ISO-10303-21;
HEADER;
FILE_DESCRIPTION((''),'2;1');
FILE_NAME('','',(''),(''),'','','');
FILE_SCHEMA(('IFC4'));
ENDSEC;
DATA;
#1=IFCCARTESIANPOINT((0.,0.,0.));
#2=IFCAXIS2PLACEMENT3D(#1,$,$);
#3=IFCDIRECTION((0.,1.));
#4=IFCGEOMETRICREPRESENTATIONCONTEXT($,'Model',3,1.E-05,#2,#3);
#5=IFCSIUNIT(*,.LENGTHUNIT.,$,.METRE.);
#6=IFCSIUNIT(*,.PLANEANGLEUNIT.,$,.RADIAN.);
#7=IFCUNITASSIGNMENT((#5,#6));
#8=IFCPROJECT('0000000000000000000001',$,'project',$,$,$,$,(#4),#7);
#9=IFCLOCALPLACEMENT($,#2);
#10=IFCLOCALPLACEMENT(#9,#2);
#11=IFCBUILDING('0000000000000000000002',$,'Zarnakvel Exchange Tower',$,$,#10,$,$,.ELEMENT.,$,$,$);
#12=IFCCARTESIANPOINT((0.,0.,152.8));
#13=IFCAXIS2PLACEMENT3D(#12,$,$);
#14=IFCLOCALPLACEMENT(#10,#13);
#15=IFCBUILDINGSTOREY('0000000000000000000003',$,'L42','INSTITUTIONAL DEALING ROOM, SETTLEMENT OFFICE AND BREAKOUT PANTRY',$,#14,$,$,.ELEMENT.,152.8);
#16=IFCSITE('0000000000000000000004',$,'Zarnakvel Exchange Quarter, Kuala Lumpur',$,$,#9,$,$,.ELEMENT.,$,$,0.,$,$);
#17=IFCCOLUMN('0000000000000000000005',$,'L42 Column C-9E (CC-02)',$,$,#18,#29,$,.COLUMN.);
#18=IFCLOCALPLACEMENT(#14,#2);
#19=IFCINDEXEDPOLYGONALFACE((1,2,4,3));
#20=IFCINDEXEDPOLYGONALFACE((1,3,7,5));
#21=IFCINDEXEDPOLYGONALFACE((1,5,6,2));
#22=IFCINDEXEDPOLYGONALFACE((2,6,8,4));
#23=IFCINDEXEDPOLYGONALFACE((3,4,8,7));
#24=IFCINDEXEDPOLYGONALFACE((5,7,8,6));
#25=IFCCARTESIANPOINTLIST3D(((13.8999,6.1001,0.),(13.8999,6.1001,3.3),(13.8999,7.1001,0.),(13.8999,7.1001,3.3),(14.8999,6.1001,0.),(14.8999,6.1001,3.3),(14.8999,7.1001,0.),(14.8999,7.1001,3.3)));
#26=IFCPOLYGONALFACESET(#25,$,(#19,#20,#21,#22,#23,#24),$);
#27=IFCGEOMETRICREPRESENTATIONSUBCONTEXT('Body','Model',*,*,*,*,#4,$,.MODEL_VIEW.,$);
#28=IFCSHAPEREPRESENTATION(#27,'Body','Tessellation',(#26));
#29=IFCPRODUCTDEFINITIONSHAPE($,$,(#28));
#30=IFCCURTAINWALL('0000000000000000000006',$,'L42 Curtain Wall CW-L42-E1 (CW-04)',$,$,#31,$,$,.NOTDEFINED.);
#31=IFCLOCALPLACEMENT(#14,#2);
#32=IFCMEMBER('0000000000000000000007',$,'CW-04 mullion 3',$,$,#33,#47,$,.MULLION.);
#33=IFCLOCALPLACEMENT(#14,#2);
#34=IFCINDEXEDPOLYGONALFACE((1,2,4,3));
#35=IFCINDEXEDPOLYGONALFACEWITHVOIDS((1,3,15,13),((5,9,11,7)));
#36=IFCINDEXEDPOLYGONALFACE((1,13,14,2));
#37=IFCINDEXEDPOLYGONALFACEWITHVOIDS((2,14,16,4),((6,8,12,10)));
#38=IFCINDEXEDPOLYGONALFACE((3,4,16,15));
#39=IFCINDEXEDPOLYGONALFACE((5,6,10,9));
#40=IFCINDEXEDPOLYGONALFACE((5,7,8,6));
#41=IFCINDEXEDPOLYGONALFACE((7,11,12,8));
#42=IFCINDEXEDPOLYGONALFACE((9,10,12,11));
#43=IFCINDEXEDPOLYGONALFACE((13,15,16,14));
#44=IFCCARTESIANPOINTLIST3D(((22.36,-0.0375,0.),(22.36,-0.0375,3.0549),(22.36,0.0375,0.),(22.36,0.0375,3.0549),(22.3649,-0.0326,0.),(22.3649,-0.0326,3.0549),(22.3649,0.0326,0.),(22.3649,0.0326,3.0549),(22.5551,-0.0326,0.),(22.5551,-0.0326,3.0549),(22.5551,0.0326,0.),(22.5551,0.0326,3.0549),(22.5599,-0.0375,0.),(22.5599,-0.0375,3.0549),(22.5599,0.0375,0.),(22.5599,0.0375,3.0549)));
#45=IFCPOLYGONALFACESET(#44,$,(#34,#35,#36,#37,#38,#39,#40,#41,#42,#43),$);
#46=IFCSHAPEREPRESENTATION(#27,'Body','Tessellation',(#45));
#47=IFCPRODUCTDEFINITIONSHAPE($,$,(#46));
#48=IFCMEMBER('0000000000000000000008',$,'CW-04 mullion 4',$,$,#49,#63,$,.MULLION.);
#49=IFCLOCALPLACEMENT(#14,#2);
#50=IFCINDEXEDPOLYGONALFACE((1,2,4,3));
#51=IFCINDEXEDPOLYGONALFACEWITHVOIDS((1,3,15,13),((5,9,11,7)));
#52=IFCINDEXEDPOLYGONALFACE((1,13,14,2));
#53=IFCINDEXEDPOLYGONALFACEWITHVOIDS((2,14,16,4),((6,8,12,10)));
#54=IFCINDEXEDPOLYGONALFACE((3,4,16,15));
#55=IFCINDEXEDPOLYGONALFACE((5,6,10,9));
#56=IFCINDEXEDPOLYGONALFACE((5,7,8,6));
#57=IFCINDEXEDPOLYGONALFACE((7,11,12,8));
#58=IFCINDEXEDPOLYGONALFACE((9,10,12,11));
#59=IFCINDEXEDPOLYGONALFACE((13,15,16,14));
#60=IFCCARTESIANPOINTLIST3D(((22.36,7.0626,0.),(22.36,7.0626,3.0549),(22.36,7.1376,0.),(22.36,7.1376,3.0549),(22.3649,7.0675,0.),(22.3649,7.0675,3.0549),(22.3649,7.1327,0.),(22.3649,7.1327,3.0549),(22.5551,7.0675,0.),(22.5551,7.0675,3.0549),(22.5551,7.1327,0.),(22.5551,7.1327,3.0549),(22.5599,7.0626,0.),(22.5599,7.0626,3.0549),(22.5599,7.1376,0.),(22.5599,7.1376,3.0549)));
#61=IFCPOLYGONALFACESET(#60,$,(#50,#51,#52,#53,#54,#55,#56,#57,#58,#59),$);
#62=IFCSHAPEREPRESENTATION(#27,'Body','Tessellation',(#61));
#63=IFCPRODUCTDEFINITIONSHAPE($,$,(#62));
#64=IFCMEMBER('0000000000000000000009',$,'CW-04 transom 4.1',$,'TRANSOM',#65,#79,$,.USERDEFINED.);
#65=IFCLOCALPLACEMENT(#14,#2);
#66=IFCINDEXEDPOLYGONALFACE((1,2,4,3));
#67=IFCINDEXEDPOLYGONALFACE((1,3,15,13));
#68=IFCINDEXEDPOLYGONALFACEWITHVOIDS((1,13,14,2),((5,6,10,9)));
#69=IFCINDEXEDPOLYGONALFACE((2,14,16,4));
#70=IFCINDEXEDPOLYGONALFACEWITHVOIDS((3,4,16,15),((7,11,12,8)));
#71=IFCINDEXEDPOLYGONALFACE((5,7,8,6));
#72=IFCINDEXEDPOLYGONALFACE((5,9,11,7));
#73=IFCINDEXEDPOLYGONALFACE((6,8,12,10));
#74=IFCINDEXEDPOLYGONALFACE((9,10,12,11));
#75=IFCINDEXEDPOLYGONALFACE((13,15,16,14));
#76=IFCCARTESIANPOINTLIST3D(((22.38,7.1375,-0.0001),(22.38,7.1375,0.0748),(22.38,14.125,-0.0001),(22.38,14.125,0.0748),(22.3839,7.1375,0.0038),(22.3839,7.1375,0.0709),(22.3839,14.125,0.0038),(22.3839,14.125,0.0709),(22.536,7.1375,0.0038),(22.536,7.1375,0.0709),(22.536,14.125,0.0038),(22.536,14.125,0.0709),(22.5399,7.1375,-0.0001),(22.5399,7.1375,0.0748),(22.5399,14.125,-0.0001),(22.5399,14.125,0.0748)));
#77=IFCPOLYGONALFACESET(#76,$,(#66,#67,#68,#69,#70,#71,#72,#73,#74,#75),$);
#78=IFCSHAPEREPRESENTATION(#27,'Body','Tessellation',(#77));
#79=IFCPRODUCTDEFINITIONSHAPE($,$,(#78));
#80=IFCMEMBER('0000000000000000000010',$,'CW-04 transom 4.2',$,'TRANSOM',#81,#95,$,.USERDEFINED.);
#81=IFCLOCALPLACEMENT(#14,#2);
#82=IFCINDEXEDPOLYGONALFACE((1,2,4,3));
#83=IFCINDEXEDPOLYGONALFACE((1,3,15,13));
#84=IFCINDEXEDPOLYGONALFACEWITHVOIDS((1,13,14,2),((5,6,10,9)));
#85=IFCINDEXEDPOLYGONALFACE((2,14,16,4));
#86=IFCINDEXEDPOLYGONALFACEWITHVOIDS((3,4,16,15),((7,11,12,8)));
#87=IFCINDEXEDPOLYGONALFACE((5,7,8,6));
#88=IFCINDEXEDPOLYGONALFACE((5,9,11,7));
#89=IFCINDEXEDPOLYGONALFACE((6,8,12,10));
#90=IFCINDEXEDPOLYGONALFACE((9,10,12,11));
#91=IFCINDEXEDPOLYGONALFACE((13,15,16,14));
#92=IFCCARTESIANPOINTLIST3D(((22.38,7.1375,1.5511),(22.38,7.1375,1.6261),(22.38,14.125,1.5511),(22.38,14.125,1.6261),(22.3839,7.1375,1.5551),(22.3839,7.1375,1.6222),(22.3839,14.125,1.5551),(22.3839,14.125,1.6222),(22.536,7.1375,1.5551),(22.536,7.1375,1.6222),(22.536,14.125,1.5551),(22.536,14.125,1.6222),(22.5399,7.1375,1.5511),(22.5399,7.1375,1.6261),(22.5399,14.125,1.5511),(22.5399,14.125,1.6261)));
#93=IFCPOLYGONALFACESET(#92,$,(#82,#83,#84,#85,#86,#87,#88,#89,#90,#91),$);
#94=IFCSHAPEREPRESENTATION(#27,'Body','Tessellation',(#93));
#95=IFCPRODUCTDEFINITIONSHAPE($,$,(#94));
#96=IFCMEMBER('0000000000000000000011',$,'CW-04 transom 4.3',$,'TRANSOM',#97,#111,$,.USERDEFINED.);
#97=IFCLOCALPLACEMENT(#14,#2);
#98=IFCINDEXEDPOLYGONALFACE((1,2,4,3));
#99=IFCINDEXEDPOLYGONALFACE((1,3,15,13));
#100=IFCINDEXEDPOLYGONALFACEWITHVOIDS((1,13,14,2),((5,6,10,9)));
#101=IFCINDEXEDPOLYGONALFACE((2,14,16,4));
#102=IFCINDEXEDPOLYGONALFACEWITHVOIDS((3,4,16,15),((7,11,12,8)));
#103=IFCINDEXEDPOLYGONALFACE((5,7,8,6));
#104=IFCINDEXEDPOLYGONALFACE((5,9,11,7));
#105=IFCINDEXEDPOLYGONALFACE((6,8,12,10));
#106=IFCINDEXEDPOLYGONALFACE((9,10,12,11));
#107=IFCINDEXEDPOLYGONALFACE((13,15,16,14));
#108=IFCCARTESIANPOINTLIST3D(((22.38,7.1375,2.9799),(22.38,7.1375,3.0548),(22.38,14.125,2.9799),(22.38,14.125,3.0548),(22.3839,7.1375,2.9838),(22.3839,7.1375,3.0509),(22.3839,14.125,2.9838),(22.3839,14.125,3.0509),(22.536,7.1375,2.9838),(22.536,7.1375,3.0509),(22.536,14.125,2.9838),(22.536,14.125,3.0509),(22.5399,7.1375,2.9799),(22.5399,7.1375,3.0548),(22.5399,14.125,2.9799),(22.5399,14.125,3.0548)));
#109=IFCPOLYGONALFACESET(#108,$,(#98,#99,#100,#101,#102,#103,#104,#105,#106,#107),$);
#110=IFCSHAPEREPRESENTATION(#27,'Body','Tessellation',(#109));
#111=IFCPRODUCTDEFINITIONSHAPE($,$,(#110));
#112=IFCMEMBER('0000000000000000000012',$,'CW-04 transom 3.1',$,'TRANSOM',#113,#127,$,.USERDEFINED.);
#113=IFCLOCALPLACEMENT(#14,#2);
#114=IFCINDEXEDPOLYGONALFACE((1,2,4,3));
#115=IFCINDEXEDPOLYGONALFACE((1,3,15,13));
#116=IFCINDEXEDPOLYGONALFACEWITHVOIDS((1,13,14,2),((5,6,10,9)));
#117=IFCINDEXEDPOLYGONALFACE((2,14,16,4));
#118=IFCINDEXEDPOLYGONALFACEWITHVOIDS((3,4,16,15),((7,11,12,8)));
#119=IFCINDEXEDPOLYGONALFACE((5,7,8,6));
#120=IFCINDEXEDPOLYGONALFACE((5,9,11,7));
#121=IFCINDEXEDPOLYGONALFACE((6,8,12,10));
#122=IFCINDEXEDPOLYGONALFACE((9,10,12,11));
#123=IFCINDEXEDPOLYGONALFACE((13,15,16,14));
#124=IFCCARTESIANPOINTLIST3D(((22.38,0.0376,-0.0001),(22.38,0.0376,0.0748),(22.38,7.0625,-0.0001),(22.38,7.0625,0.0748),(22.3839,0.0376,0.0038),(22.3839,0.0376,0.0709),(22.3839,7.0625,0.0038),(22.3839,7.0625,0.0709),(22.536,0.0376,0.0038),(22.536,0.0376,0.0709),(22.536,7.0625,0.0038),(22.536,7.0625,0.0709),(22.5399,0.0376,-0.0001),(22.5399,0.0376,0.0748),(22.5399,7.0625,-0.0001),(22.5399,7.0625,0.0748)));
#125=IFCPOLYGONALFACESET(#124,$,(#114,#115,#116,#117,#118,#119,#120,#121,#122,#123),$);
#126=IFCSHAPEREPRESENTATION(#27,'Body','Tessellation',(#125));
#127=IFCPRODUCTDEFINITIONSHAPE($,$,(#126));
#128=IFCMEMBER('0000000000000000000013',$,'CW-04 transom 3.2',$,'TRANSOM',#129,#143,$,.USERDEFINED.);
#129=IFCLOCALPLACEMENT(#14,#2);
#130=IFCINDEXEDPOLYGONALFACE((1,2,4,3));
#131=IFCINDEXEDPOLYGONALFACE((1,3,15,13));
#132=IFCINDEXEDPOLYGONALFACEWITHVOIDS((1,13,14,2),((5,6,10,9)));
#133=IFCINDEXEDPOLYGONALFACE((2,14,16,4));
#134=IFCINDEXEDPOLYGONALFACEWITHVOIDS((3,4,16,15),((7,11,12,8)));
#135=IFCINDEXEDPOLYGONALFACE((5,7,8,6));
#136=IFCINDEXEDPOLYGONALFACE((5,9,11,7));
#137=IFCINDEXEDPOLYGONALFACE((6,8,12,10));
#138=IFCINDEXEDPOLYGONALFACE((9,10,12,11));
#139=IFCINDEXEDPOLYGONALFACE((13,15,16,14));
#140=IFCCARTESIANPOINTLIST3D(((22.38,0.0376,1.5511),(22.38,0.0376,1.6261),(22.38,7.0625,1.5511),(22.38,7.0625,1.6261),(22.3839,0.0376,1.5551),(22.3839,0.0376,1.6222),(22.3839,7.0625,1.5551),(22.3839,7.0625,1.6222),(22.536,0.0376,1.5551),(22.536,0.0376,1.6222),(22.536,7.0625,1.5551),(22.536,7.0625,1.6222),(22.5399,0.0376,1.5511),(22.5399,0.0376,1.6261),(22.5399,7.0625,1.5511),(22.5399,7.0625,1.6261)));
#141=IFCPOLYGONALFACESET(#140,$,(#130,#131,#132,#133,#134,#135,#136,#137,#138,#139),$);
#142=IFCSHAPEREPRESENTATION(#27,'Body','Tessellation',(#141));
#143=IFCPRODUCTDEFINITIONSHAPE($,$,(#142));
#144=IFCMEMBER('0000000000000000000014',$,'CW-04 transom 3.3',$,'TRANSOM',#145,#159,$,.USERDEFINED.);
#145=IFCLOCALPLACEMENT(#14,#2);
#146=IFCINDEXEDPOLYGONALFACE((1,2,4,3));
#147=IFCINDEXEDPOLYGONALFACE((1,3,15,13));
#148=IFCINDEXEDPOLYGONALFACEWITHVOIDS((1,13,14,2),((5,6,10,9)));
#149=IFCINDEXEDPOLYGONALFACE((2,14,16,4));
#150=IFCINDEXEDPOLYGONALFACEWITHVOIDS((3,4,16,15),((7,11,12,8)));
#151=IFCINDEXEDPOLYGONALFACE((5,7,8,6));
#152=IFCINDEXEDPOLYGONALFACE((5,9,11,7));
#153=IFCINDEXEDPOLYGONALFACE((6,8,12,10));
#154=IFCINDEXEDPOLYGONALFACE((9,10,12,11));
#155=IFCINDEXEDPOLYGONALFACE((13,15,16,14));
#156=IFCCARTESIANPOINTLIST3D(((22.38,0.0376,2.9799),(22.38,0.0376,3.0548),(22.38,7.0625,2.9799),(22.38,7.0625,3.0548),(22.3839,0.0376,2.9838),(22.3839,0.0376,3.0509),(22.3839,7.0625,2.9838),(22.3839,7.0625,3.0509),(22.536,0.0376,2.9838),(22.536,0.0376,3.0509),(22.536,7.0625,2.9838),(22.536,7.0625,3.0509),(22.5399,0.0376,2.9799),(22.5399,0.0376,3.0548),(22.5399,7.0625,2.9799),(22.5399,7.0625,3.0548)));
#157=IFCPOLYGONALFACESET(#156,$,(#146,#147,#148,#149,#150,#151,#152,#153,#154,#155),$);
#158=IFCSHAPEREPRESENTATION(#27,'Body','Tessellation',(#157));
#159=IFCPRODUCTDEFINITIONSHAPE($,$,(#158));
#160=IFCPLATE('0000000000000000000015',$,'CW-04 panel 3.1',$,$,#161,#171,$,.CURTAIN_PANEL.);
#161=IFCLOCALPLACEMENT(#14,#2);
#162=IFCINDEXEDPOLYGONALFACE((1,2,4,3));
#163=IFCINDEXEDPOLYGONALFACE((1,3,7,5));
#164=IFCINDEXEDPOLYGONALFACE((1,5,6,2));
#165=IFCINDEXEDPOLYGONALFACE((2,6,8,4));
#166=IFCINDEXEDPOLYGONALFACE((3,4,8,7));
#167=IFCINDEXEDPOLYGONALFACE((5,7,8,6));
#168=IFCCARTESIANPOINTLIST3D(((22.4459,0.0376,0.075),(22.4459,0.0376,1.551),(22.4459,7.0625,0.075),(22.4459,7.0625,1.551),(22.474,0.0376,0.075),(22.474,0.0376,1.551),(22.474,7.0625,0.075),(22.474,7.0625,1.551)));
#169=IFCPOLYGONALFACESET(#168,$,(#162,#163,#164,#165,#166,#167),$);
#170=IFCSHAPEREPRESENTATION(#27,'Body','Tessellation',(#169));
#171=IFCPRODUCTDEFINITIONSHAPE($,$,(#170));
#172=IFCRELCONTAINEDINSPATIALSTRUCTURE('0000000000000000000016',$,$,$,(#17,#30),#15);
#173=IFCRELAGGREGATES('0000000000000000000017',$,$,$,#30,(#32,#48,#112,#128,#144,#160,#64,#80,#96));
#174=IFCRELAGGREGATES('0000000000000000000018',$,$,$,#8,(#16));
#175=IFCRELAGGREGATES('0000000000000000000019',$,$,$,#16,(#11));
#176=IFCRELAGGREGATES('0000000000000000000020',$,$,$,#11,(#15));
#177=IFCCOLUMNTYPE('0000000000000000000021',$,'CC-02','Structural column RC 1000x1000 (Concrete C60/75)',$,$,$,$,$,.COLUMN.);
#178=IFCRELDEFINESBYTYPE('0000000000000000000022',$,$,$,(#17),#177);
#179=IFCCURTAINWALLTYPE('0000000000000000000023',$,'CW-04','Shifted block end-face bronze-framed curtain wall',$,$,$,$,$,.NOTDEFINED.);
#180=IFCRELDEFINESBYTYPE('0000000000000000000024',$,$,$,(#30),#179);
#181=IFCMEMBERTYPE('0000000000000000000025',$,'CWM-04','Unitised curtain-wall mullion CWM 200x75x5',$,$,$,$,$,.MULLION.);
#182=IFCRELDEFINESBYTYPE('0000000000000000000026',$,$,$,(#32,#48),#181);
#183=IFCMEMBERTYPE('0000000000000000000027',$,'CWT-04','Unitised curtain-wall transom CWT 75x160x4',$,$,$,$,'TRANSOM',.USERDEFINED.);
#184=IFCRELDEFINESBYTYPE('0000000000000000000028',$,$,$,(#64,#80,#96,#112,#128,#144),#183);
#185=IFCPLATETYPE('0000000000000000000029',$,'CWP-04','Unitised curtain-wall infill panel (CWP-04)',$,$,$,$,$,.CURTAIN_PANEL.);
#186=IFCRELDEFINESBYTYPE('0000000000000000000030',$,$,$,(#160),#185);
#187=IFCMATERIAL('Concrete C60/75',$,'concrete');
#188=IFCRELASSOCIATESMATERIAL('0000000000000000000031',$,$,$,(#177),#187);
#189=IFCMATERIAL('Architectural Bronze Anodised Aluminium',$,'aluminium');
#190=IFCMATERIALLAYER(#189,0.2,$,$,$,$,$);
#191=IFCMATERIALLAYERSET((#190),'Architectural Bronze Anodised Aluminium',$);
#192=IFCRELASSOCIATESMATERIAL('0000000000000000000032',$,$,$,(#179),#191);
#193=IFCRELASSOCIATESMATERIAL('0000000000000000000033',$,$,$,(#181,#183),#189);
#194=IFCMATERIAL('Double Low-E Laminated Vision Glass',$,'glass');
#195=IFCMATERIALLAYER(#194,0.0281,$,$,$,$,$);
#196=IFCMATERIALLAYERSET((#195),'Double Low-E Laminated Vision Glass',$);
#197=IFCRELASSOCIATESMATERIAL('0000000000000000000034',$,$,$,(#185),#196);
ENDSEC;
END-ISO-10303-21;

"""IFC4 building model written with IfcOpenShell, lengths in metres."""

from ifc_helpers import new_model, si_unit, direction, frame, origin, origin_2d, place, context, subcontext, project, spatial, rectangle, hollow_rectangle, extrude, source, transform, mapped, material, layer, layer_set, material_profile, profile_set, type_object, element, aggregate, save


model = new_model("IFC4")

# Units and contexts
model_context = context("Model", 3, precision=1e-05, world=origin(), true_north=direction((0.0, 1.0)))
body_context = subcontext(model_context, "Body", "Model", "MODEL_VIEW")
ifc_project = project(units=[si_unit("LENGTHUNIT", "METRE"), si_unit("PLANEANGLEUNIT", "RADIAN")], contexts=[model_context])

# Site, building, storey
site_placement = place(None, origin())
site = spatial("IfcSite", under=ifc_project, at=site_placement, Name="Zarnakvel Exchange Quarter, Kuala Lumpur", CompositionType="ELEMENT", RefElevation=0.0)
building_placement = place(site_placement, origin())
building = spatial("IfcBuilding", under=site, at=building_placement, Name="Zarnakvel Exchange Tower", CompositionType="ELEMENT")
storey_placement = place(building_placement, frame((0.0, 0.0, 152.8)))
storey = spatial("IfcBuildingStorey", under=building, at=storey_placement, Name="L42", Description="INSTITUTIONAL DEALING ROOM, SETTLEMENT OFFICE AND BREAKOUT PANTRY", CompositionType="ELEMENT", Elevation=152.8)

# Column
ifc_material_1 = material(Name="Concrete C60/75", Category="concrete")
ifc_material_profile_1 = material_profile(ifc_material_1, rectangle(XDim=1.0, YDim=1.0, at=origin_2d()))
ifc_profile_set_1 = profile_set([ifc_material_profile_1], Name="Concrete C60/75")
column_type = type_object("IfcColumnType", Name="CC-02", Description="Structural column RC 1000x1000 (Concrete C60/75)", PredefinedType="COLUMN", material=ifc_profile_set_1)
column_placement = place(storey_placement, frame((14.3999, 6.6001, 0.0), z_axis=(0.0, 0.0, 1.0), x_axis=(1.0, 0.0, 0.0)))
element("IfcColumn", 1, at=column_placement, inside=storey, type_object=column_type, Name="L42 Column C-9E (CC-02)", PredefinedType="COLUMN", context=body_context, shape_type="SweptSolid", body=[
    extrude(rectangle(XDim=1.0, YDim=1.0, at=origin_2d()), origin(), (0.0, 0.0, 1.0), 3.3),
])

# Curtain wall, members, plate
ifc_material_2 = material(Name="Architectural Bronze Anodised Aluminium", Category="aluminium")
ifc_layer_1 = layer(ifc_material_2, 0.2)
ifc_layer_set_1 = layer_set([ifc_layer_1], Name="Architectural Bronze Anodised Aluminium")
curtain_wall_type = type_object("IfcCurtainWallType", Name="CW-04", Description="Shifted block end-face bronze-framed curtain wall", PredefinedType="NOTDEFINED", material=ifc_layer_set_1)
curtain_wall_placement = place(storey_placement, origin())
curtain_wall = element("IfcCurtainWall", 2, at=curtain_wall_placement, inside=storey, type_object=curtain_wall_type, Name="L42 Curtain Wall CW-L42-E1 (CW-04)", PredefinedType="NOTDEFINED")
ifc_material_profile_2 = material_profile(ifc_material_2, hollow_rectangle(XDim=0.2, YDim=0.075, WallThickness=0.0049, at=origin_2d()))
ifc_profile_set_2 = profile_set([ifc_material_profile_2], Name="Architectural Bronze Anodised Aluminium")
member_type_1 = type_object("IfcMemberType", Name="CWM-04", Description="Unitised curtain-wall mullion CWM 200x75x5", PredefinedType="MULLION", material=ifc_profile_set_2)
shared_shape_1 = source(origin(), body_context, "Body", "SweptSolid", [
    extrude(hollow_rectangle(XDim=0.2, YDim=0.075, WallThickness=0.0049, at=origin_2d()), origin(), (0.0, 0.0, 1.0), 3.0549),
])
member_1_placement = place(storey_placement, frame((22.46, 0.0, 0.0), z_axis=(0.0, 0.0, 1.0), x_axis=(-1.0, 0.0, 0.0)))
member_1 = element("IfcMember", 3, at=member_1_placement, type_object=member_type_1, Name="CW-04 mullion 3", PredefinedType="MULLION", context=body_context, shape_type="MappedRepresentation", body=[
    mapped(shared_shape_1, transform((0.0, 0.0, 0.0), x_axis=(1.0, 0.0, 0.0), y_axis=(0.0, 1.0, 0.0), z_axis=(0.0, 0.0, 1.0), scale=1.0)),
])
member_2_placement = place(storey_placement, frame((22.46, 7.1001, 0.0), z_axis=(0.0, 0.0, 1.0), x_axis=(-1.0, 0.0, 0.0)))
member_2 = element("IfcMember", 4, at=member_2_placement, type_object=member_type_1, Name="CW-04 mullion 4", PredefinedType="MULLION", context=body_context, shape_type="MappedRepresentation", body=[
    mapped(shared_shape_1, transform((0.0, 0.0, 0.0), x_axis=(1.0, 0.0, 0.0), y_axis=(0.0, 1.0, 0.0), z_axis=(0.0, 0.0, 1.0), scale=1.0)),
])
ifc_material_profile_3 = material_profile(ifc_material_2, hollow_rectangle(XDim=0.1599, YDim=0.075, WallThickness=0.0039, at=origin_2d()))
ifc_profile_set_3 = profile_set([ifc_material_profile_3], Name="Architectural Bronze Anodised Aluminium")
member_type_2 = type_object("IfcMemberType", Name="CWT-04", Description="Unitised curtain-wall transom CWT 75x160x4", ElementType="TRANSOM", PredefinedType="USERDEFINED", material=ifc_profile_set_3)
shared_shape_2 = source(origin(), body_context, "Body", "SweptSolid", [
    extrude(hollow_rectangle(XDim=0.1599, YDim=0.075, WallThickness=0.0039, at=origin_2d()), origin(), (0.0, 0.0, 1.0), 6.9875),
])
member_3_placement = place(storey_placement, frame((22.46, 7.1375, 0.0374), z_axis=(0.0, 1.0, 0.0), x_axis=(-1.0, 0.0, 0.0)))
member_3 = element("IfcMember", 5, at=member_3_placement, type_object=member_type_2, Name="CW-04 transom 4.1", ObjectType="TRANSOM", PredefinedType="USERDEFINED", context=body_context, shape_type="MappedRepresentation", body=[
    mapped(shared_shape_2, transform((0.0, 0.0, 0.0), x_axis=(1.0, 0.0, 0.0), y_axis=(0.0, 1.0, 0.0), z_axis=(0.0, 0.0, 1.0), scale=1.0)),
])
member_4_placement = place(storey_placement, frame((22.46, 7.1375, 1.5886), z_axis=(0.0, 1.0, 0.0), x_axis=(-1.0, 0.0, 0.0)))
member_4 = element("IfcMember", 6, at=member_4_placement, type_object=member_type_2, Name="CW-04 transom 4.2", ObjectType="TRANSOM", PredefinedType="USERDEFINED", context=body_context, shape_type="MappedRepresentation", body=[
    mapped(shared_shape_2, transform((0.0, 0.0, 0.0), x_axis=(1.0, 0.0, 0.0), y_axis=(0.0, 1.0, 0.0), z_axis=(0.0, 0.0, 1.0), scale=1.0)),
])
member_5_placement = place(storey_placement, frame((22.46, 7.1375, 3.0173), z_axis=(0.0, 1.0, 0.0), x_axis=(-1.0, 0.0, 0.0)))
member_5 = element("IfcMember", 7, at=member_5_placement, type_object=member_type_2, Name="CW-04 transom 4.3", ObjectType="TRANSOM", PredefinedType="USERDEFINED", context=body_context, shape_type="MappedRepresentation", body=[
    mapped(shared_shape_2, transform((0.0, 0.0, 0.0), x_axis=(1.0, 0.0, 0.0), y_axis=(0.0, 1.0, 0.0), z_axis=(0.0, 0.0, 1.0), scale=1.0)),
])
shared_shape_3 = source(origin(), body_context, "Body", "SweptSolid", [
    extrude(hollow_rectangle(XDim=0.1599, YDim=0.075, WallThickness=0.0039, at=origin_2d()), origin(), (0.0, 0.0, 1.0), 7.0249),
])
member_6_placement = place(storey_placement, frame((22.46, 0.0376, 0.0374), z_axis=(0.0, 1.0, 0.0), x_axis=(-1.0, 0.0, 0.0)))
member_6 = element("IfcMember", 8, at=member_6_placement, type_object=member_type_2, Name="CW-04 transom 3.1", ObjectType="TRANSOM", PredefinedType="USERDEFINED", context=body_context, shape_type="MappedRepresentation", body=[
    mapped(shared_shape_3, transform((0.0, 0.0, 0.0), x_axis=(1.0, 0.0, 0.0), y_axis=(0.0, 1.0, 0.0), z_axis=(0.0, 0.0, 1.0), scale=1.0)),
])
member_7_placement = place(storey_placement, frame((22.46, 0.0376, 1.5886), z_axis=(0.0, 1.0, 0.0), x_axis=(-1.0, 0.0, 0.0)))
member_7 = element("IfcMember", 9, at=member_7_placement, type_object=member_type_2, Name="CW-04 transom 3.2", ObjectType="TRANSOM", PredefinedType="USERDEFINED", context=body_context, shape_type="MappedRepresentation", body=[
    mapped(shared_shape_3, transform((0.0, 0.0, 0.0), x_axis=(1.0, 0.0, 0.0), y_axis=(0.0, 1.0, 0.0), z_axis=(0.0, 0.0, 1.0), scale=1.0)),
])
member_8_placement = place(storey_placement, frame((22.46, 0.0376, 3.0173), z_axis=(0.0, 1.0, 0.0), x_axis=(-1.0, 0.0, 0.0)))
member_8 = element("IfcMember", 10, at=member_8_placement, type_object=member_type_2, Name="CW-04 transom 3.3", ObjectType="TRANSOM", PredefinedType="USERDEFINED", context=body_context, shape_type="MappedRepresentation", body=[
    mapped(shared_shape_3, transform((0.0, 0.0, 0.0), x_axis=(1.0, 0.0, 0.0), y_axis=(0.0, 1.0, 0.0), z_axis=(0.0, 0.0, 1.0), scale=1.0)),
])
ifc_material_3 = material(Name="Double Low-E Laminated Vision Glass", Category="glass")
ifc_layer_2 = layer(ifc_material_3, 0.0281)
ifc_layer_set_2 = layer_set([ifc_layer_2], Name="Double Low-E Laminated Vision Glass")
plate_type = type_object("IfcPlateType", Name="CWP-04", Description="Unitised curtain-wall infill panel (CWP-04)", PredefinedType="CURTAIN_PANEL", material=ifc_layer_set_2)
shared_shape_4 = source(origin(), body_context, "Body", "SweptSolid", [
    extrude(rectangle(XDim=7.0249, YDim=0.0281, at=origin_2d()), origin(), (0.0, 0.0, 1.0), 1.4761),
])
plate_1_placement = place(storey_placement, frame((22.46, 3.55, 0.075), z_axis=(0.0, 0.0, 1.0), x_axis=(0.0, 1.0, 0.0)))
plate_1 = element("IfcPlate", 11, at=plate_1_placement, type_object=plate_type, Name="CW-04 panel 3.1", PredefinedType="CURTAIN_PANEL", context=body_context, shape_type="MappedRepresentation", body=[
    mapped(shared_shape_4, transform((0.0, 0.0, 0.0), x_axis=(1.0, 0.0, 0.0), y_axis=(0.0, 1.0, 0.0), z_axis=(0.0, 0.0, 1.0), scale=1.0)),
])
aggregate(curtain_wall, [member_1, member_2, member_6, member_7, member_8, plate_1, member_3, member_4, member_5])

save(model, "model.ifc")
